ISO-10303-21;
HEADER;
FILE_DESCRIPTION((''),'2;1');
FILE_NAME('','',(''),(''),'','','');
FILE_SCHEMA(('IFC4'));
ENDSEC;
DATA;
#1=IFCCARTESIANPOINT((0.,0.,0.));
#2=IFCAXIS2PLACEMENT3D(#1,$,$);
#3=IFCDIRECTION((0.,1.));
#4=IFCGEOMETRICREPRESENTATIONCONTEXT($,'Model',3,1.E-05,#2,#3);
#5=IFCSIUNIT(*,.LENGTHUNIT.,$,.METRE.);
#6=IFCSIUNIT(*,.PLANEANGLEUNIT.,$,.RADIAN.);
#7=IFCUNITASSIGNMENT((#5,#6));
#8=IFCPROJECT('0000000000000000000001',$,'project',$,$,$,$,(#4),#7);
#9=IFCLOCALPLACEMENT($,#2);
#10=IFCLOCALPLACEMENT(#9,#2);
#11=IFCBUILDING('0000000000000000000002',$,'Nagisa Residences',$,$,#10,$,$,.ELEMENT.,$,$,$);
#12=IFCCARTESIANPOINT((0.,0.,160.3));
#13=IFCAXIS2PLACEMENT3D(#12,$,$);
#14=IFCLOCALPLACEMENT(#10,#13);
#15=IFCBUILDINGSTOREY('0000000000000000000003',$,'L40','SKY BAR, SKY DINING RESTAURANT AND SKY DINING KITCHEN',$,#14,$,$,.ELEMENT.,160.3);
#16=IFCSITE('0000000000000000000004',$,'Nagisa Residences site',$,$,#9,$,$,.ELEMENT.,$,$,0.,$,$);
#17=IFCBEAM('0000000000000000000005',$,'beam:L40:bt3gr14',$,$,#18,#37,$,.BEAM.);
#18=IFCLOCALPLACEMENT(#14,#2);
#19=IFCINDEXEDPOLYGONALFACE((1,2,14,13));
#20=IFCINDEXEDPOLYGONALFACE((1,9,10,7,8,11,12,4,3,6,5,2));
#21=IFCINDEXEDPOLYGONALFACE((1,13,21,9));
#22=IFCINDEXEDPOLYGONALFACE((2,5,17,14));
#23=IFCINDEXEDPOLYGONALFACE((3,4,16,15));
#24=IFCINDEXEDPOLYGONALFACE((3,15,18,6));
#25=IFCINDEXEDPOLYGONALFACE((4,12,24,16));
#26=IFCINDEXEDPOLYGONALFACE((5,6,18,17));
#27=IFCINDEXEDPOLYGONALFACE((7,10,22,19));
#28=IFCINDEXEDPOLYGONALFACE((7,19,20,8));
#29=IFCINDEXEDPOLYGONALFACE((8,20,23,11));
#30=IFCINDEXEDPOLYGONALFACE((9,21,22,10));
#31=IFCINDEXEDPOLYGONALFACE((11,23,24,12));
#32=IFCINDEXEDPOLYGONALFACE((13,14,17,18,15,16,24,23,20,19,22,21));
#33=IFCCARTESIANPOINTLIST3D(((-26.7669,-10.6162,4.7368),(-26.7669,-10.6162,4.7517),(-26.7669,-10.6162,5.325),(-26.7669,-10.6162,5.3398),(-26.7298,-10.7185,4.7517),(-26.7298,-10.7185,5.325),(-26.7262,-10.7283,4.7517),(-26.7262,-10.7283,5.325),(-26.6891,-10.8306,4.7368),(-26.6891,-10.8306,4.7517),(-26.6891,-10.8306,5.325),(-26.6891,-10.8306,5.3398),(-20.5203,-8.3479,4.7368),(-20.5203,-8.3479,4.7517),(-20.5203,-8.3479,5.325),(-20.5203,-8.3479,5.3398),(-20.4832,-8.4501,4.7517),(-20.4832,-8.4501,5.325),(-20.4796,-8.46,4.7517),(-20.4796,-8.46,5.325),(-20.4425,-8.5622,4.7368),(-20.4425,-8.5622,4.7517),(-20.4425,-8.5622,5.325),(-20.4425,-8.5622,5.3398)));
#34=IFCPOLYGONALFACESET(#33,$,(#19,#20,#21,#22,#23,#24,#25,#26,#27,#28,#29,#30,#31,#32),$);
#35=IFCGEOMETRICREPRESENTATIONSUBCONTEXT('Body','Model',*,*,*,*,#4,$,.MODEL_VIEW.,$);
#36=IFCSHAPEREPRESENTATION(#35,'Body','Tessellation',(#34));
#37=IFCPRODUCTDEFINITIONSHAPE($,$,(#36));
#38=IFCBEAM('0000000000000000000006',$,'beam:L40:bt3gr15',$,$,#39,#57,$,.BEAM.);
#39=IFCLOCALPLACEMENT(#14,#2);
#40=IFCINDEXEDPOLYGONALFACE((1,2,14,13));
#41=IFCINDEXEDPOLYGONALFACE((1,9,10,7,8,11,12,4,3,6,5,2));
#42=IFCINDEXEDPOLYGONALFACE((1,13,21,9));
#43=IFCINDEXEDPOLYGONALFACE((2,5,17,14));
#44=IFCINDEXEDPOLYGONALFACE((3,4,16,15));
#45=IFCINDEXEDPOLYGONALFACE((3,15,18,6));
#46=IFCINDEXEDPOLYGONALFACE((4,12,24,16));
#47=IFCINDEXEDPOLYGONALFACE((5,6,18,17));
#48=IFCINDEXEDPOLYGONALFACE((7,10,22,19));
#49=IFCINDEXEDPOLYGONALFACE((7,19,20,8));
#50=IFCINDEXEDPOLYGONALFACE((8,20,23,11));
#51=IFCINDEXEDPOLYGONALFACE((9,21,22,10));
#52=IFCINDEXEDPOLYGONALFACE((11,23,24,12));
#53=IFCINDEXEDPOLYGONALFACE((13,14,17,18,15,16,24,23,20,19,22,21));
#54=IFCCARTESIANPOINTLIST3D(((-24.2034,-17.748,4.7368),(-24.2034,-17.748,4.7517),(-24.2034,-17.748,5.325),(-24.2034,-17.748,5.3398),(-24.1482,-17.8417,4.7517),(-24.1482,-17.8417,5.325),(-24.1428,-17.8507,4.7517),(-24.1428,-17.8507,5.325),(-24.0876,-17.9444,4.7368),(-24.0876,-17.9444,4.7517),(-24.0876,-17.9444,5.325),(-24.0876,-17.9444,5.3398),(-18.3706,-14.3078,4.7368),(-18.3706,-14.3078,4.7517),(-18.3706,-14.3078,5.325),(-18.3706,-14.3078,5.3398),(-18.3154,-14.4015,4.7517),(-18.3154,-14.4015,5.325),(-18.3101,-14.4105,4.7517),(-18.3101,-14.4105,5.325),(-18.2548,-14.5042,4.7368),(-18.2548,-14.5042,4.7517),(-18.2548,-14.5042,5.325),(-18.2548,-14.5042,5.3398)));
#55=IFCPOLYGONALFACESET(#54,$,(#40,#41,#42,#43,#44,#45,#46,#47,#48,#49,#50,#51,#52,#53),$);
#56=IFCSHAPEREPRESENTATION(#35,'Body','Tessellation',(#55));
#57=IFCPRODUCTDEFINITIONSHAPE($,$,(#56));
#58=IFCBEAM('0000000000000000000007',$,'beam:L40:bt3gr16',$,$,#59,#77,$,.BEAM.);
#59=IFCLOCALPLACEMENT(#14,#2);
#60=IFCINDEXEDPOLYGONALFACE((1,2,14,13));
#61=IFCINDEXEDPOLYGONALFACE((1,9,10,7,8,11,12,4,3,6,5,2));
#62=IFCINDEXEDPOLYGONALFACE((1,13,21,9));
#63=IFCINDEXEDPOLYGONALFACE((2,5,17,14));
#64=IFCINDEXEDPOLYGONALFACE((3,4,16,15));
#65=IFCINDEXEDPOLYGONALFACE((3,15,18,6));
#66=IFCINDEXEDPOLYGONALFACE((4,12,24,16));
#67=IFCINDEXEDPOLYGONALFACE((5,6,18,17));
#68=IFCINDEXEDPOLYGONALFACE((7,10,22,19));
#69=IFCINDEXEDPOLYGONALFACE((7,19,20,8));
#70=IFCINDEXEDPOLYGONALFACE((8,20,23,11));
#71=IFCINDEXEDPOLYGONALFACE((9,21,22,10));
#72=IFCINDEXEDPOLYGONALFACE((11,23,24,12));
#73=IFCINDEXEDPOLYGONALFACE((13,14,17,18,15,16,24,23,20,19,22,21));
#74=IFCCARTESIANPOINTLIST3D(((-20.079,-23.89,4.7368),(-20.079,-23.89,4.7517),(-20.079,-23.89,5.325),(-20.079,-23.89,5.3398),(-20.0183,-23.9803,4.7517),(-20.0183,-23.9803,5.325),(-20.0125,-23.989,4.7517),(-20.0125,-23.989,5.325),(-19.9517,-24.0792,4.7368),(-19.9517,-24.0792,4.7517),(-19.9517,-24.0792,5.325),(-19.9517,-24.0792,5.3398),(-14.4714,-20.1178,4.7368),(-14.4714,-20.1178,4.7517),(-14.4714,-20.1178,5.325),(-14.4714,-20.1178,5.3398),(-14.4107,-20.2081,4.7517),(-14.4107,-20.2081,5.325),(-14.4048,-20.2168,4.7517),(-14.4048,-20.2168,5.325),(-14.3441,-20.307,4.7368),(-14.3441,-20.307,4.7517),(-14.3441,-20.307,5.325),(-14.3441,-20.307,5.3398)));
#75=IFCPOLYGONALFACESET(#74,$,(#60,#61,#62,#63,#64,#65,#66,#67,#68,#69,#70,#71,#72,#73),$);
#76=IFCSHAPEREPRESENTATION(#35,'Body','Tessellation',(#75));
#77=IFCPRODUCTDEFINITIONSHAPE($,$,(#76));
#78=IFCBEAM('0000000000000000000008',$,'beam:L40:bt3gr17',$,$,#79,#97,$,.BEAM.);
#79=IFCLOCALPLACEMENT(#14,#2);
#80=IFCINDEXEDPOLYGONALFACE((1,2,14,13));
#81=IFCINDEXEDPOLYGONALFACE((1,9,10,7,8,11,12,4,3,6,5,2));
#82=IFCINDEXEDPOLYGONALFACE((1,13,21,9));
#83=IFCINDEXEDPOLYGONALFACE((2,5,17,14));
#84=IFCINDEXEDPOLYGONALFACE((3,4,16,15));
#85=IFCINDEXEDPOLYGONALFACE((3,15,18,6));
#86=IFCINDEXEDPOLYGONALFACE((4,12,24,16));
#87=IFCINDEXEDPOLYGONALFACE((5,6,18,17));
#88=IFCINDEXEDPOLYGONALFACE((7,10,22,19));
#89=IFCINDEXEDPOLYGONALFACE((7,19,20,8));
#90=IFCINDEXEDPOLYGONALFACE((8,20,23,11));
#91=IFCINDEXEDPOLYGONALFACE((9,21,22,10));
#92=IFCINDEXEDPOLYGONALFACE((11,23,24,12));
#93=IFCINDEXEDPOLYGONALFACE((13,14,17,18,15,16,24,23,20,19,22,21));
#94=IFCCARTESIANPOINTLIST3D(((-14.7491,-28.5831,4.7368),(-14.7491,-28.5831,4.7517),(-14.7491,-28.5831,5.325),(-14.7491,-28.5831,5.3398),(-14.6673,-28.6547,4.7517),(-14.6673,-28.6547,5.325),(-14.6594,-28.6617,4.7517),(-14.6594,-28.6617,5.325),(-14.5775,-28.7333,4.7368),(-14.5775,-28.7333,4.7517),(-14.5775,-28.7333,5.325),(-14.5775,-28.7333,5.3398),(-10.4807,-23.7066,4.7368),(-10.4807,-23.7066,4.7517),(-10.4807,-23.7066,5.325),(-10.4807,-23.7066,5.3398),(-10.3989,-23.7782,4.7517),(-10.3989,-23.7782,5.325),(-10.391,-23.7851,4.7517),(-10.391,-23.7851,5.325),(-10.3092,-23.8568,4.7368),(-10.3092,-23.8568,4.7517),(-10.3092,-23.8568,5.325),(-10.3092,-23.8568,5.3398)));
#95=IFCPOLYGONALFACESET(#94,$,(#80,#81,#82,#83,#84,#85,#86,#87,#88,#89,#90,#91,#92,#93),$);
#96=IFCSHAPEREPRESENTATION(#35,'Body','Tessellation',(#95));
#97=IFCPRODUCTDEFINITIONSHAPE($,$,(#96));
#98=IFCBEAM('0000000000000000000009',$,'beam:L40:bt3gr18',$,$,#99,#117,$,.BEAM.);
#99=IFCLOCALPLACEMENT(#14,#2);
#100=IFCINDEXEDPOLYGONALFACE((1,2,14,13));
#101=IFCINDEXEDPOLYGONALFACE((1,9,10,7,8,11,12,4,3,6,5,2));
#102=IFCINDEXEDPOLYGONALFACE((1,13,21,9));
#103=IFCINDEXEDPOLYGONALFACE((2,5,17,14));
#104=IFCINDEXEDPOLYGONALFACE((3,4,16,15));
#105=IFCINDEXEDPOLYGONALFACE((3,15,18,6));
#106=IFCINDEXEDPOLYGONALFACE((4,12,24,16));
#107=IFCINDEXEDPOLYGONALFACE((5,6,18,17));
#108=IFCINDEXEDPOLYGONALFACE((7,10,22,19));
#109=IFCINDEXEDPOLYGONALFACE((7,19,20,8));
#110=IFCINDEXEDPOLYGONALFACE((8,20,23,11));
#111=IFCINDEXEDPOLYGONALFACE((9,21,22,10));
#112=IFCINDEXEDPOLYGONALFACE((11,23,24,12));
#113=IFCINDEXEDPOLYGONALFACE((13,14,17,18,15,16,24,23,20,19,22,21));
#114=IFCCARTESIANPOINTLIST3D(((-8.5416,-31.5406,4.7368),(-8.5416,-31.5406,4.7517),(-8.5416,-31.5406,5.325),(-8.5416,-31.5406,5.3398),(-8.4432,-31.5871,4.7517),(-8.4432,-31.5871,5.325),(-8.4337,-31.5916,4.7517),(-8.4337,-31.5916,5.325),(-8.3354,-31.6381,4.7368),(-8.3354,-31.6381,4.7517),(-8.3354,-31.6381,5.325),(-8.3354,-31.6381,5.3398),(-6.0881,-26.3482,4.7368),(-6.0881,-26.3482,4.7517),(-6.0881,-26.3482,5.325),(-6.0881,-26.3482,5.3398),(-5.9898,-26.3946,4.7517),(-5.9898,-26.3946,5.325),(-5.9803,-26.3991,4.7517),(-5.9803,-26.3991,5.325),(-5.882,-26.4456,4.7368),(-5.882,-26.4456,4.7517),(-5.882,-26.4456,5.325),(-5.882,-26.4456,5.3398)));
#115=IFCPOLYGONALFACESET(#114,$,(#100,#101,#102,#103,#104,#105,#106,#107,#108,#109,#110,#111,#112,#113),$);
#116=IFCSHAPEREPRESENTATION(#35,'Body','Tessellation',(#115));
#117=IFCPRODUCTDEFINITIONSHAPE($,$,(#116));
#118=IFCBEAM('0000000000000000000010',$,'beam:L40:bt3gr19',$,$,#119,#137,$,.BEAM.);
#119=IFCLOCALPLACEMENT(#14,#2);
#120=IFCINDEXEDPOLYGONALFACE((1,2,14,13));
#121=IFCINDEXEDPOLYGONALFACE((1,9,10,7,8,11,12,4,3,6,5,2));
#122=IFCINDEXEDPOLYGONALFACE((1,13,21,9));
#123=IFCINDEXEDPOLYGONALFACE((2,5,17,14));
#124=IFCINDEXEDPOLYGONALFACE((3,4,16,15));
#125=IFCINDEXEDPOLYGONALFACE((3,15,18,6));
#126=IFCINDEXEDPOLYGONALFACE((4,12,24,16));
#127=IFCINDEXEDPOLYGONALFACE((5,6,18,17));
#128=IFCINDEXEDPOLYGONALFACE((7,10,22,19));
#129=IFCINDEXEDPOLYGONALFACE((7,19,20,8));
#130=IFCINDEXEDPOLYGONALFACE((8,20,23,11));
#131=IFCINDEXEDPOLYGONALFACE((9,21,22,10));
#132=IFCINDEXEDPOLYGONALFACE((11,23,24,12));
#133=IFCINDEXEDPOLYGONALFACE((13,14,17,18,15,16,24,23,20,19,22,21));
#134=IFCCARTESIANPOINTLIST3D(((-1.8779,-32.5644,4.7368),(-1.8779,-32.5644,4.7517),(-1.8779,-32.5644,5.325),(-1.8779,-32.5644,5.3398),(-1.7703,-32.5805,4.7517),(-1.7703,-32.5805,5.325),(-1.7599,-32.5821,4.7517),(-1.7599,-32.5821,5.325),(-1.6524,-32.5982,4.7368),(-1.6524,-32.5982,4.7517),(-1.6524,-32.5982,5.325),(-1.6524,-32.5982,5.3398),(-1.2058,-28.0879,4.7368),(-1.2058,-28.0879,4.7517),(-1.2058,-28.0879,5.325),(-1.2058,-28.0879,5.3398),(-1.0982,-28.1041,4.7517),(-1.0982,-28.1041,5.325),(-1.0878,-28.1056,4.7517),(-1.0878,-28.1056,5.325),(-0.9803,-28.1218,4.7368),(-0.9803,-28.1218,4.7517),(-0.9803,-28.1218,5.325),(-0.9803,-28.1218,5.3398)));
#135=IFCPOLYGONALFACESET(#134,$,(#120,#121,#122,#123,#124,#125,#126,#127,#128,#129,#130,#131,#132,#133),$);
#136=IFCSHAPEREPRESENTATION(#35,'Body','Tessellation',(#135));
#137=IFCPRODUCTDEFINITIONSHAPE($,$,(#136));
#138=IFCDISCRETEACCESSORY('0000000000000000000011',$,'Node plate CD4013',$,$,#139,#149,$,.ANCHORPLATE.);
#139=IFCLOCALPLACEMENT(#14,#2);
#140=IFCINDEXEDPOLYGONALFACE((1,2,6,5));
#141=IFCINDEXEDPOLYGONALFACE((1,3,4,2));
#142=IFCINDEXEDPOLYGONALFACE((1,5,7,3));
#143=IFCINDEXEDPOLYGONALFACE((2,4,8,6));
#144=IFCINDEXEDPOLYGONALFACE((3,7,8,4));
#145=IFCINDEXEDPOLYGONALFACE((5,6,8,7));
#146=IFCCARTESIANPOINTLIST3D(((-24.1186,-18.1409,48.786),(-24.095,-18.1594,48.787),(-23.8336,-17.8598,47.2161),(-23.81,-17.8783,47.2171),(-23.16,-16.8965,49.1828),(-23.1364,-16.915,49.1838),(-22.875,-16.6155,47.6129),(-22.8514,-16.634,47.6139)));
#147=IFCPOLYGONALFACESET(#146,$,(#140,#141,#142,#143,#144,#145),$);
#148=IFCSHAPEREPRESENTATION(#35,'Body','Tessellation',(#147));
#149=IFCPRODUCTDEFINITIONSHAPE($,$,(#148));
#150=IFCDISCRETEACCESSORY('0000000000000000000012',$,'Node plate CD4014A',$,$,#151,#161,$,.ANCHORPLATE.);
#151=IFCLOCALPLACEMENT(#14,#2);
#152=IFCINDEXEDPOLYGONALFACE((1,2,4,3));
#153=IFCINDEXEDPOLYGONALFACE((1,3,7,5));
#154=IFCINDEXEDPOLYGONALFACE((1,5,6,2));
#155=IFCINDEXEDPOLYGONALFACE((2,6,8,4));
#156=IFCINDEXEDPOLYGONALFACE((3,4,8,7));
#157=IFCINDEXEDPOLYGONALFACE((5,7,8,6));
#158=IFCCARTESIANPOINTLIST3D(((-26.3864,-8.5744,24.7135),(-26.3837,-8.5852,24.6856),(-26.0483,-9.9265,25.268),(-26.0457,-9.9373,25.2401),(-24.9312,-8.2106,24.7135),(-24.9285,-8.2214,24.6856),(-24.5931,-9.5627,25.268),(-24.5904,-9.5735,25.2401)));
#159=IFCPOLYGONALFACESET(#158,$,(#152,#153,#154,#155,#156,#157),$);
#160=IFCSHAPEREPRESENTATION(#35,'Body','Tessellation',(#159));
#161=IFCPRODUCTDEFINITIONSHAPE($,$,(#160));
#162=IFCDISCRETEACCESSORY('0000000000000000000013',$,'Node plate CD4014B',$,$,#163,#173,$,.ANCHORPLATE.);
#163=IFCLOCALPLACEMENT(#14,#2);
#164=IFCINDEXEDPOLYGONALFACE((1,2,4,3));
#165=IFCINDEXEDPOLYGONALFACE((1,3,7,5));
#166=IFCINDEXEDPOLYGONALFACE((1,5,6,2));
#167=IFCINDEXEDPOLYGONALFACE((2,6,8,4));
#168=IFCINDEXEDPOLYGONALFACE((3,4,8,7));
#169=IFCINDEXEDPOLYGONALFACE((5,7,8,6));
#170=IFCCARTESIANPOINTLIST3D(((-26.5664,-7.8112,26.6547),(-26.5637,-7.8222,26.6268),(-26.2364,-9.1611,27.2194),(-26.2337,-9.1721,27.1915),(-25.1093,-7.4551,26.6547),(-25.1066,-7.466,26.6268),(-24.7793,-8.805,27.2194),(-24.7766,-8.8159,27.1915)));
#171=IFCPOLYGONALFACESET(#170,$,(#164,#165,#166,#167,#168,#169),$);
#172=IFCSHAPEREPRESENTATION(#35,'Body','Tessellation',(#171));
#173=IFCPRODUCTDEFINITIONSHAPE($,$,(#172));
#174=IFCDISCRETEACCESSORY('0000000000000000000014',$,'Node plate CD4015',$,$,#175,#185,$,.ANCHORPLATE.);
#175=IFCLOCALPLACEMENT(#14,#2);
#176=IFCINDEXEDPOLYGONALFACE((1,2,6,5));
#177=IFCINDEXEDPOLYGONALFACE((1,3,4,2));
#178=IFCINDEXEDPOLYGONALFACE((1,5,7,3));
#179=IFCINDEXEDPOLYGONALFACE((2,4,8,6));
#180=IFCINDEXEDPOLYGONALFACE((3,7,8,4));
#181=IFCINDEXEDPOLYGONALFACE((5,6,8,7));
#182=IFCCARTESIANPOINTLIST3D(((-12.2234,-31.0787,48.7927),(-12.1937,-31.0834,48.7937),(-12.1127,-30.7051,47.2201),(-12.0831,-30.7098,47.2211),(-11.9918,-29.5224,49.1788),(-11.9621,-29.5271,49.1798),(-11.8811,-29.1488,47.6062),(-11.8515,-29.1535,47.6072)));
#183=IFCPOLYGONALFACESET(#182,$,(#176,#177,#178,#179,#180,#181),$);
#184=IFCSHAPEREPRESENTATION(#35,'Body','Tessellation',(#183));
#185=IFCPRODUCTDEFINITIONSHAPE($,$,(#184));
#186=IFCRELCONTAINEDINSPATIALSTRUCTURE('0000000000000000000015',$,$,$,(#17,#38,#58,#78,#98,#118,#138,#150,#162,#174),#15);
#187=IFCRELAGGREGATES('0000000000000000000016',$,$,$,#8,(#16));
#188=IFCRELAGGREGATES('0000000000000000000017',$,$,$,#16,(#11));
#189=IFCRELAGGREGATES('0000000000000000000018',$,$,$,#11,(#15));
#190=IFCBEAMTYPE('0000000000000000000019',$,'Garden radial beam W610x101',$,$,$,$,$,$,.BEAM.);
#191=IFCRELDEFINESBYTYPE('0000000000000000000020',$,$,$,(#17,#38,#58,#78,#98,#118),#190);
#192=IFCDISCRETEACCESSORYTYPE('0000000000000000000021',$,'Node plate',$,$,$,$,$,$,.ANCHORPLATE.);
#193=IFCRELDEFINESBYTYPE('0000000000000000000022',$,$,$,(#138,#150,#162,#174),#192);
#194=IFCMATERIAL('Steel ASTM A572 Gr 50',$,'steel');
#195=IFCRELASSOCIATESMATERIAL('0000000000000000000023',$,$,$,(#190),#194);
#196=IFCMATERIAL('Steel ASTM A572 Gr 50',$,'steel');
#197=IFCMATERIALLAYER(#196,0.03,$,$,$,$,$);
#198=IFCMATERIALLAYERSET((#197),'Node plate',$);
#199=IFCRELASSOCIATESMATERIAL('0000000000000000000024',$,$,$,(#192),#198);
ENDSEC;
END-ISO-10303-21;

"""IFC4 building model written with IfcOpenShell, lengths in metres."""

from ifc_helpers import new_model, si_unit, direction, frame, origin, origin_2d, place, context, subcontext, project, spatial, rectangle, i_section, extrude, material, layer, layer_set, material_profile, profile_set, type_object, element, save


model = new_model("IFC4")

# Units and contexts
model_context = context("Model", 3, precision=1e-05, world=origin(), true_north=direction((0.0, 1.0)))
body_context = subcontext(model_context, "Body", "Model", "MODEL_VIEW")
ifc_project = project(units=[si_unit("LENGTHUNIT", "METRE"), si_unit("PLANEANGLEUNIT", "RADIAN")], contexts=[model_context])

# Site, building, storey
site_placement = place(None, origin())
site = spatial("IfcSite", under=ifc_project, at=site_placement, Name="Nagisa Residences site", CompositionType="ELEMENT", RefElevation=0.0)
building_placement = place(site_placement, origin())
building = spatial("IfcBuilding", under=site, at=building_placement, Name="Nagisa Residences", CompositionType="ELEMENT")
storey_placement = place(building_placement, frame((0.0, 0.0, 160.3)))
storey = spatial("IfcBuildingStorey", under=building, at=storey_placement, Name="L40", Description="SKY BAR, SKY DINING RESTAURANT AND SKY DINING KITCHEN", CompositionType="ELEMENT", Elevation=160.3)

# Beams
ifc_material_1 = material(Name="Steel ASTM A572 Gr 50", Category="steel")
ifc_material_profile_1 = material_profile(ifc_material_1, i_section(OverallWidth=0.228, OverallDepth=0.603, WebThickness=0.0105, FlangeThickness=0.0149, at=origin_2d()), Name="W610x101")
ifc_profile_set_1 = profile_set([ifc_material_profile_1], Name="Steel ASTM A572 Gr 50")
beam_type_1 = type_object("IfcBeamType", Name="Garden radial beam W610x101", PredefinedType="BEAM", material=ifc_profile_set_1)
beam_1_placement = place(storey_placement, frame((-26.728, -10.7234, 5.0383), z_axis=(0.939947, 0.341321, 0.0), x_axis=(-0.341321, 0.939947, 0.0)))
element("IfcBeam", 1, at=beam_1_placement, inside=storey, type_object=beam_type_1, Name="beam:L40:bt3gr14", PredefinedType="BEAM", context=body_context, shape_type="SweptSolid", body=[
    extrude(i_section(OverallWidth=0.228, OverallDepth=0.603, WebThickness=0.0105, FlangeThickness=0.0149, at=origin_2d()), origin(), (0.0, 0.0, 1.0), 6.6458),
])
beam_2_placement = place(storey_placement, frame((-24.1455, -17.8462, 5.0383), z_axis=(0.861343, 0.508023, 0.0), x_axis=(-0.508023, 0.861343, 0.0)))
element("IfcBeam", 2, at=beam_2_placement, inside=storey, type_object=beam_type_1, Name="beam:L40:bt3gr15", PredefinedType="BEAM", context=body_context, shape_type="SweptSolid", body=[
    extrude(i_section(OverallWidth=0.228, OverallDepth=0.603, WebThickness=0.0105, FlangeThickness=0.0149, at=origin_2d()), origin(), (0.0, 0.0, 1.0), 6.7717),
])
beam_3_placement = place(storey_placement, frame((-20.0154, -23.9846, 5.0383), z_axis=(0.829737, 0.558155, 0.0), x_axis=(-0.558155, 0.829737, 0.0)))
element("IfcBeam", 3, at=beam_3_placement, inside=storey, type_object=beam_type_1, Name="beam:L40:bt3gr16", PredefinedType="BEAM", context=body_context, shape_type="SweptSolid", body=[
    extrude(i_section(OverallWidth=0.228, OverallDepth=0.603, WebThickness=0.0105, FlangeThickness=0.0149, at=origin_2d()), origin(), (0.0, 0.0, 1.0), 6.7583),
])
beam_4_placement = place(storey_placement, frame((-14.6633, -28.6582, 5.0383), z_axis=(0.658627, 0.752469, 0.0), x_axis=(-0.752469, 0.658627, 0.0)))
element("IfcBeam", 4, at=beam_4_placement, inside=storey, type_object=beam_type_1, Name="beam:L40:bt3gr17", PredefinedType="BEAM", context=body_context, shape_type="SweptSolid", body=[
    extrude(i_section(OverallWidth=0.228, OverallDepth=0.603, WebThickness=0.0105, FlangeThickness=0.0149, at=origin_2d()), origin(), (0.0, 0.0, 1.0), 6.4807),
])
beam_5_placement = place(storey_placement, frame((-8.4385, -31.5894, 5.0383), z_axis=(0.427207, 0.904154, 0.0), x_axis=(-0.904154, 0.427207, 0.0)))
element("IfcBeam", 5, at=beam_5_placement, inside=storey, type_object=beam_type_1, Name="beam:L40:bt3gr18", PredefinedType="BEAM", context=body_context, shape_type="SweptSolid", body=[
    extrude(i_section(OverallWidth=0.228, OverallDepth=0.603, WebThickness=0.0105, FlangeThickness=0.0149, at=origin_2d()), origin(), (0.0, 0.0, 1.0), 5.7429),
])
beam_6_placement = place(storey_placement, frame((-1.7651, -32.5813, 5.0383), z_axis=(0.148486, 0.988915, 0.0), x_axis=(-0.988915, 0.148486, 0.0)))
element("IfcBeam", 6, at=beam_6_placement, inside=storey, type_object=beam_type_1, Name="beam:L40:bt3gr19", PredefinedType="BEAM", context=body_context, shape_type="SweptSolid", body=[
    extrude(i_section(OverallWidth=0.228, OverallDepth=0.603, WebThickness=0.0105, FlangeThickness=0.0149, at=origin_2d()), origin(), (0.0, 0.0, 1.0), 4.5266),
])

# Discrete accessories
ifc_material_2 = material(Name="Steel ASTM A572 Gr 50", Category="steel")
ifc_layer = layer(ifc_material_2, 0.03)
ifc_layer_set = layer_set([ifc_layer], Name="Node plate")
discrete_accessory_type = type_object("IfcDiscreteAccessoryType", Name="Node plate", PredefinedType="ANCHORPLATE", material=ifc_layer_set)
discrete_accessory_1_placement = place(storey_placement, frame((-23.4968, -17.3782, 48.1995), z_axis=(0.786748, -0.616421, 0.032443), x_axis=(0.175889, 0.17349, -0.969002)))
element("IfcDiscreteAccessory", 7, at=discrete_accessory_1_placement, inside=storey, type_object=discrete_accessory_type, Name="Node plate CD4013", PredefinedType="ANCHORPLATE", context=body_context, shape_type="SweptSolid", body=[
    extrude(rectangle(XDim=1.6201, YDim=1.6201, at=origin_2d()), origin(), (0.0, 0.0, 1.0), 0.03),
])
for number, where, z_axis, x_axis, name in (
    (8, (-25.4871, -9.0793, 24.9629), (-0.089656, 0.358625, 0.929166), (-0.970143, -0.242536, 0.0), "Node plate CD4014A"),
    (9, (-25.6729, -8.3081, 26.937), (0.089392, -0.365697, -0.926431), (0.971399, 0.237453, 0.0), "Node plate CD4014B"),
):
    element("IfcDiscreteAccessory", number, at=place(storey_placement, frame(where, z_axis=z_axis, x_axis=x_axis)), inside=storey, type_object=discrete_accessory_type, Name=name, PredefinedType="ANCHORPLATE", context=body_context, shape_type="SweptSolid", body=[
        extrude(rectangle(XDim=1.5, YDim=1.5, at=origin_2d()), origin(), (0.0, 0.0, 1.0), 0.03),
    ])
discrete_accessory_2_placement = place(storey_placement, frame((-12.0522, -30.1138, 48.1995), z_axis=(0.987369, -0.155041, 0.03264), x_axis=(0.068302, 0.230629, -0.970642)))
element("IfcDiscreteAccessory", 10, at=discrete_accessory_2_placement, inside=storey, type_object=discrete_accessory_type, Name="Node plate CD4015", PredefinedType="ANCHORPLATE", context=body_context, shape_type="SweptSolid", body=[
    extrude(rectangle(XDim=1.6201, YDim=1.6201, at=origin_2d()), origin(), (0.0, 0.0, 1.0), 0.03),
])

save(model, "model.ifc")
